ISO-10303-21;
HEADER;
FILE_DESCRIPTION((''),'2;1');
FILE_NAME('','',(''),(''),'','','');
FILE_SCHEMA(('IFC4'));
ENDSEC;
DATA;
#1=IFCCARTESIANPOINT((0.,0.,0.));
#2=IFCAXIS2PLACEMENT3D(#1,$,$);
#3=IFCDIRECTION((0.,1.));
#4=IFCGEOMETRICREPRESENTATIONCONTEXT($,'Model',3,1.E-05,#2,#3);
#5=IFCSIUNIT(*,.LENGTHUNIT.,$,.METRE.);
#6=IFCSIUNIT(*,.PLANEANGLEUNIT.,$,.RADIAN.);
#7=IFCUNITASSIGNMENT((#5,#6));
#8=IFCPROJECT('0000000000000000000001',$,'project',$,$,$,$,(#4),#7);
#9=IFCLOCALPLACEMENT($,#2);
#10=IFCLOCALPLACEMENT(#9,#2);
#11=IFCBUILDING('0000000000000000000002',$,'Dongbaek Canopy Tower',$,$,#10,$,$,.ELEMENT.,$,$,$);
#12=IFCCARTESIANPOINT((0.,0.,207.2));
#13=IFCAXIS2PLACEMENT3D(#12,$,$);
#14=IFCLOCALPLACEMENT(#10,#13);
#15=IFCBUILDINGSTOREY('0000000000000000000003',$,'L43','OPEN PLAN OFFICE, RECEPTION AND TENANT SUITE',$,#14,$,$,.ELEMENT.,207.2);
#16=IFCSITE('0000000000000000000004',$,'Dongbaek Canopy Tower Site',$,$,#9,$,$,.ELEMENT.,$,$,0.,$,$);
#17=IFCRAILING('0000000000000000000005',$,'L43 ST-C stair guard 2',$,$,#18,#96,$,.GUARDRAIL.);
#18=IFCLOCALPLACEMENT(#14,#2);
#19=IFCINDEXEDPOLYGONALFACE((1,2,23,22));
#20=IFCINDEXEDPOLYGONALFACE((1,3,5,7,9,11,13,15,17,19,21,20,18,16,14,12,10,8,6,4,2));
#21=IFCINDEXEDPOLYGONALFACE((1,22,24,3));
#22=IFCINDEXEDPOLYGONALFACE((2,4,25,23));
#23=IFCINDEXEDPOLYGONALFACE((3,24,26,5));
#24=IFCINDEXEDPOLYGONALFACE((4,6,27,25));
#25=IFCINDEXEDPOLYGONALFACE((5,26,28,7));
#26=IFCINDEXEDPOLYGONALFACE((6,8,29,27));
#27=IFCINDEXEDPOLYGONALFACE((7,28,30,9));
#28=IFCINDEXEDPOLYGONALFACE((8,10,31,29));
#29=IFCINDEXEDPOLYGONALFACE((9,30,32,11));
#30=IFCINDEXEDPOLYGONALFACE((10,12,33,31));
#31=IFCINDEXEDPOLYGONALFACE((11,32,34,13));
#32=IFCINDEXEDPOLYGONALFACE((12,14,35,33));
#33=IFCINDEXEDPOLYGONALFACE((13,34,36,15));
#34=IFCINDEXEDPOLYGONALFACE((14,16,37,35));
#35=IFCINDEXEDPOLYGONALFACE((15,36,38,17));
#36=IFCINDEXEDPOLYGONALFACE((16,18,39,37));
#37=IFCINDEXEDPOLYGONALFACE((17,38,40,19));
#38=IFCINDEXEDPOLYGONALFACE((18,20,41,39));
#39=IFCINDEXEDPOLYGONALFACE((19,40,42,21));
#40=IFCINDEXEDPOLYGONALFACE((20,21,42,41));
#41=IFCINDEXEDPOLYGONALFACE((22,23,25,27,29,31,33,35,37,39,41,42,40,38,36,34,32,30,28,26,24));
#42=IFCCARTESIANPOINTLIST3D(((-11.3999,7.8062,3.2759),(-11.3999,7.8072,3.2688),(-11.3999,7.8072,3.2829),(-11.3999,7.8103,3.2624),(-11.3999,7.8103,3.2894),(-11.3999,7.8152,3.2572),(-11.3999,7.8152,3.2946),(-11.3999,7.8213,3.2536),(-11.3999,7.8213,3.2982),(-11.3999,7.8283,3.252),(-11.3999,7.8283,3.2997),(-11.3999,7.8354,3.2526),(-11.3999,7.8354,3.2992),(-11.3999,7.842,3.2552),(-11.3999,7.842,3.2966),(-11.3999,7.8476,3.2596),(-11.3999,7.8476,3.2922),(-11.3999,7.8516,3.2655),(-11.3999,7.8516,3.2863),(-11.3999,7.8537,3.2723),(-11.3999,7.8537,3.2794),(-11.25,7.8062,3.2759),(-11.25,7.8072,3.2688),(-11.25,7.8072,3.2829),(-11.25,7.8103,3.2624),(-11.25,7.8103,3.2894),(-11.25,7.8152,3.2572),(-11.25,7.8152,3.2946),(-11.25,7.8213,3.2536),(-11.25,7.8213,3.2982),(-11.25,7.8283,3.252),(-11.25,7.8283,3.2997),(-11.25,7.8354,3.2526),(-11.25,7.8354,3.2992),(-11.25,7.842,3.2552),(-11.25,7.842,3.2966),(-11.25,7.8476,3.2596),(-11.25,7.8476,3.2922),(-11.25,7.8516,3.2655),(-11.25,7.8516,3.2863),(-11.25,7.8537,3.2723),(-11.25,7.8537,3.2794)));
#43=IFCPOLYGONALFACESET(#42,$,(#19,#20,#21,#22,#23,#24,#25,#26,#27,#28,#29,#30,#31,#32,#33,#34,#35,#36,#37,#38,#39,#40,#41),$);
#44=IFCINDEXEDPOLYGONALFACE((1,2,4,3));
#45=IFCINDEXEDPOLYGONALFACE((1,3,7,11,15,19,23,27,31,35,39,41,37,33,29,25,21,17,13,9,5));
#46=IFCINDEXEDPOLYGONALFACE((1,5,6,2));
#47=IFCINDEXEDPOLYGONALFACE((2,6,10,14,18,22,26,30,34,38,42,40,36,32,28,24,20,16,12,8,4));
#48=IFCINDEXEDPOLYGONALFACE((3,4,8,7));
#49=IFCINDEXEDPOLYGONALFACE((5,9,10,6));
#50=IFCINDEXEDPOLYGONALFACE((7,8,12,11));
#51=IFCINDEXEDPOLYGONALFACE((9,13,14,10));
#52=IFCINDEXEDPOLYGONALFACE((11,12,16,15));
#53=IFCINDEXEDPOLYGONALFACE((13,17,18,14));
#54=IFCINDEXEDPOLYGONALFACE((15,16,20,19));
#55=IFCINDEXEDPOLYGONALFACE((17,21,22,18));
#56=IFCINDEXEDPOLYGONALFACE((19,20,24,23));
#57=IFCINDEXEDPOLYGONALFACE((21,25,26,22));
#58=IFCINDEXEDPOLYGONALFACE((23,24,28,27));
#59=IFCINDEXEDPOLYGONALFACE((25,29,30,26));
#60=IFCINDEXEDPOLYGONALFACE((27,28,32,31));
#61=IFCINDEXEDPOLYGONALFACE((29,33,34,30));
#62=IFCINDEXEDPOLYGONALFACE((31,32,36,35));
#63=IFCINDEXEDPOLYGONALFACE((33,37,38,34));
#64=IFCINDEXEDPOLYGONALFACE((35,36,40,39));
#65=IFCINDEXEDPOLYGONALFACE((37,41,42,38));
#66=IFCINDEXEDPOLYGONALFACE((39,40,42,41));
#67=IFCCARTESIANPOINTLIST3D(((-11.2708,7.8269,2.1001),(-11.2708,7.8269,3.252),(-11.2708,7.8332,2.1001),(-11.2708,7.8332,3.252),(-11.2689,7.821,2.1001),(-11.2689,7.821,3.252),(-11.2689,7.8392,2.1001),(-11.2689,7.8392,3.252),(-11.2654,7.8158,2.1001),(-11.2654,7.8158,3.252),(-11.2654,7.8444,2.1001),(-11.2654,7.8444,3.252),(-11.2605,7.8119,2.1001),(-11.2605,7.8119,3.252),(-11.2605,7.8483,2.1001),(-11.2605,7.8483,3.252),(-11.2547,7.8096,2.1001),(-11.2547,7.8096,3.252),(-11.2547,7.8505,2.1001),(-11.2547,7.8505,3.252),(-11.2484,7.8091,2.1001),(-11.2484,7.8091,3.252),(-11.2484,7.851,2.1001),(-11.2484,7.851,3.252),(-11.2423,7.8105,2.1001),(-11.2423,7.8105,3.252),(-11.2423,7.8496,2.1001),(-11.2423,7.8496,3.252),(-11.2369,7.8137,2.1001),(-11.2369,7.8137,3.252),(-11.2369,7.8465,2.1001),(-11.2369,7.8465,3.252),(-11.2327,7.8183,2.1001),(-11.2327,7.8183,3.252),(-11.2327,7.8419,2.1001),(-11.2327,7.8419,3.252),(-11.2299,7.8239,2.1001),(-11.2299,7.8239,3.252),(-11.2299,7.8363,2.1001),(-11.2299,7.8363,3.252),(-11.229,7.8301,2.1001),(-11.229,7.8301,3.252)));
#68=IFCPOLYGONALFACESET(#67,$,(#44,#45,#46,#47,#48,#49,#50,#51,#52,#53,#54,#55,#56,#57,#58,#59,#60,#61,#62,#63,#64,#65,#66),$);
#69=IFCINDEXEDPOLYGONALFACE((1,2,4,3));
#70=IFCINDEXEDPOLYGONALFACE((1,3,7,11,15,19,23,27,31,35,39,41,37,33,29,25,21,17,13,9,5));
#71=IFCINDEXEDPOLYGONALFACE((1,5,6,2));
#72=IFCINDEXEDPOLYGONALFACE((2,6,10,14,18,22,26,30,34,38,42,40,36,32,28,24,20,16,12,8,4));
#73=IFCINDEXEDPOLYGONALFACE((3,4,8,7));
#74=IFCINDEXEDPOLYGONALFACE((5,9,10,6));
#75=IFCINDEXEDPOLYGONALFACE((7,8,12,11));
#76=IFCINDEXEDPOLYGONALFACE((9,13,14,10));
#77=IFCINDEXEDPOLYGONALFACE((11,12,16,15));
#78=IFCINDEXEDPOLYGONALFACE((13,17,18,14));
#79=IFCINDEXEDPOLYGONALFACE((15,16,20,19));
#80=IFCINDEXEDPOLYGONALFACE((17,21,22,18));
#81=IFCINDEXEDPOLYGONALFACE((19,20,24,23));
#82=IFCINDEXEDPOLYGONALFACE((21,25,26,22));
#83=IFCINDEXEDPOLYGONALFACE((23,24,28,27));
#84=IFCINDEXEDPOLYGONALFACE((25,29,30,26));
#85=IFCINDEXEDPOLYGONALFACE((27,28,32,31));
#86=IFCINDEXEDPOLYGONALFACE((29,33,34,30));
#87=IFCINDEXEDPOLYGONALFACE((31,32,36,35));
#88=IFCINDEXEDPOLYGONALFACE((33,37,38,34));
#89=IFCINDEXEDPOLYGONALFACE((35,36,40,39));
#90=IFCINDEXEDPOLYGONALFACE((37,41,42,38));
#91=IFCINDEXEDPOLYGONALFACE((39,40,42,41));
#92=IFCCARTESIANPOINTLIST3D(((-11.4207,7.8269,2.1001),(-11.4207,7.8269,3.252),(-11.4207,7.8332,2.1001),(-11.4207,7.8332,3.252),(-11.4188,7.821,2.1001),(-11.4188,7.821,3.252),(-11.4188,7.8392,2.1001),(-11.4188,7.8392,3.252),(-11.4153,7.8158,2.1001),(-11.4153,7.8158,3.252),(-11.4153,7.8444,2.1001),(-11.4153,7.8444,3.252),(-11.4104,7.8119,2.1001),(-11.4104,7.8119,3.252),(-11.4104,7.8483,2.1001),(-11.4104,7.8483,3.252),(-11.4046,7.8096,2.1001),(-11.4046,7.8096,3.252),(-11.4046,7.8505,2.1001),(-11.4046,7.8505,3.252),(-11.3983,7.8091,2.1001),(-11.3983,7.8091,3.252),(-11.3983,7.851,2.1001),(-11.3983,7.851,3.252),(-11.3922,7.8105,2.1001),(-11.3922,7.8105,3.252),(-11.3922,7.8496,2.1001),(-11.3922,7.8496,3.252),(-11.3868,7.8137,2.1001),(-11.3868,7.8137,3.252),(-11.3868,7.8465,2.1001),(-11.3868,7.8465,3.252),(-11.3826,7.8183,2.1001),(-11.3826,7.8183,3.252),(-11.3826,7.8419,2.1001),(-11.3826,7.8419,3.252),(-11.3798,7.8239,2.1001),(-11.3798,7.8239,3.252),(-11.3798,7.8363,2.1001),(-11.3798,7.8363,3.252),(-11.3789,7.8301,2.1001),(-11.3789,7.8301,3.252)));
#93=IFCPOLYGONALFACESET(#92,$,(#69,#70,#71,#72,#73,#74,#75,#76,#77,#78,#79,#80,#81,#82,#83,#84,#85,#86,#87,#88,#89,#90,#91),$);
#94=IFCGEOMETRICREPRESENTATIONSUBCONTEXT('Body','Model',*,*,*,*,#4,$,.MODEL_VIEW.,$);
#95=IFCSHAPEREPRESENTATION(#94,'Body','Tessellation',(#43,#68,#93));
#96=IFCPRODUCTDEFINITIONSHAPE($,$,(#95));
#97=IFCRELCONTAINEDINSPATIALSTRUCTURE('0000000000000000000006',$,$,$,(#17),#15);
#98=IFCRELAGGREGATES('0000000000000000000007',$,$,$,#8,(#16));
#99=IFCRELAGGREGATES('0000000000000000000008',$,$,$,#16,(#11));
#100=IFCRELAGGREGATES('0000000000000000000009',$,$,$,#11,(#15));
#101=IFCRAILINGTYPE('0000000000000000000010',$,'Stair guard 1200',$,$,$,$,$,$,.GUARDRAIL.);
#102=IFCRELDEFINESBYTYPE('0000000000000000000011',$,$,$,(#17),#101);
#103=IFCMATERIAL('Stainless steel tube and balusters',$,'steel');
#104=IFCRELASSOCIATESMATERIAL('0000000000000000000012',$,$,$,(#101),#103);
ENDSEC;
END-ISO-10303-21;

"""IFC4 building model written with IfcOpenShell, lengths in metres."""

from ifc_helpers import new_model, si_unit, direction, frame, origin, origin_2d, place, context, subcontext, project, spatial, circle, extrude, material, type_object, element, save


model = new_model("IFC4")

# Units and contexts
model_context = context("Model", 3, precision=1e-05, world=origin(), true_north=direction((0.0, 1.0)))
body_context = subcontext(model_context, "Body", "Model", "MODEL_VIEW")
ifc_project = project(units=[si_unit("LENGTHUNIT", "METRE"), si_unit("PLANEANGLEUNIT", "RADIAN")], contexts=[model_context])

# Site, building, storey
site_placement = place(None, origin())
site = spatial("IfcSite", under=ifc_project, at=site_placement, Name="Dongbaek Canopy Tower Site", CompositionType="ELEMENT", RefElevation=0.0)
building_placement = place(site_placement, origin())
building = spatial("IfcBuilding", under=site, at=building_placement, Name="Dongbaek Canopy Tower", CompositionType="ELEMENT")
storey_placement = place(building_placement, frame((0.0, 0.0, 207.2)))
storey = spatial("IfcBuildingStorey", under=building, at=storey_placement, Name="L43", Description="OPEN PLAN OFFICE, RECEPTION AND TENANT SUITE", CompositionType="ELEMENT", Elevation=207.2)

# Railing
ifc_material_1 = material(Name="Stainless steel tube and balusters", Category="steel")
railing_type_1 = type_object("IfcRailingType", Name="Stair guard 1200", PredefinedType="GUARDRAIL", material=ifc_material_1)
railing_1_placement = place(storey_placement, frame((-11.25, 7.8301, 2.1001)))
element("IfcRailing", 1, at=railing_1_placement, inside=storey, type_object=railing_type_1, Name="L43 ST-C stair guard 2", PredefinedType="GUARDRAIL", context=body_context, shape_type="SweptSolid", body=[
    extrude(circle(Radius=0.0239, at=origin_2d()), frame((0.0, 0.0, 1.1758), z_axis=(-1.0, 0.0, 0.0), x_axis=(0.0, -1.0, 0.0)), (0.0, 0.0, 1.0), 0.1499),
    extrude(circle(Radius=0.021, at=origin_2d()), origin(), (0.0, 0.0, 1.0), 1.1519),
    extrude(circle(Radius=0.021, at=origin_2d()), frame((-0.1499, 0.0, 0.0)), (0.0, 0.0, 1.0), 1.1519),
])

save(model, "model.ifc")
